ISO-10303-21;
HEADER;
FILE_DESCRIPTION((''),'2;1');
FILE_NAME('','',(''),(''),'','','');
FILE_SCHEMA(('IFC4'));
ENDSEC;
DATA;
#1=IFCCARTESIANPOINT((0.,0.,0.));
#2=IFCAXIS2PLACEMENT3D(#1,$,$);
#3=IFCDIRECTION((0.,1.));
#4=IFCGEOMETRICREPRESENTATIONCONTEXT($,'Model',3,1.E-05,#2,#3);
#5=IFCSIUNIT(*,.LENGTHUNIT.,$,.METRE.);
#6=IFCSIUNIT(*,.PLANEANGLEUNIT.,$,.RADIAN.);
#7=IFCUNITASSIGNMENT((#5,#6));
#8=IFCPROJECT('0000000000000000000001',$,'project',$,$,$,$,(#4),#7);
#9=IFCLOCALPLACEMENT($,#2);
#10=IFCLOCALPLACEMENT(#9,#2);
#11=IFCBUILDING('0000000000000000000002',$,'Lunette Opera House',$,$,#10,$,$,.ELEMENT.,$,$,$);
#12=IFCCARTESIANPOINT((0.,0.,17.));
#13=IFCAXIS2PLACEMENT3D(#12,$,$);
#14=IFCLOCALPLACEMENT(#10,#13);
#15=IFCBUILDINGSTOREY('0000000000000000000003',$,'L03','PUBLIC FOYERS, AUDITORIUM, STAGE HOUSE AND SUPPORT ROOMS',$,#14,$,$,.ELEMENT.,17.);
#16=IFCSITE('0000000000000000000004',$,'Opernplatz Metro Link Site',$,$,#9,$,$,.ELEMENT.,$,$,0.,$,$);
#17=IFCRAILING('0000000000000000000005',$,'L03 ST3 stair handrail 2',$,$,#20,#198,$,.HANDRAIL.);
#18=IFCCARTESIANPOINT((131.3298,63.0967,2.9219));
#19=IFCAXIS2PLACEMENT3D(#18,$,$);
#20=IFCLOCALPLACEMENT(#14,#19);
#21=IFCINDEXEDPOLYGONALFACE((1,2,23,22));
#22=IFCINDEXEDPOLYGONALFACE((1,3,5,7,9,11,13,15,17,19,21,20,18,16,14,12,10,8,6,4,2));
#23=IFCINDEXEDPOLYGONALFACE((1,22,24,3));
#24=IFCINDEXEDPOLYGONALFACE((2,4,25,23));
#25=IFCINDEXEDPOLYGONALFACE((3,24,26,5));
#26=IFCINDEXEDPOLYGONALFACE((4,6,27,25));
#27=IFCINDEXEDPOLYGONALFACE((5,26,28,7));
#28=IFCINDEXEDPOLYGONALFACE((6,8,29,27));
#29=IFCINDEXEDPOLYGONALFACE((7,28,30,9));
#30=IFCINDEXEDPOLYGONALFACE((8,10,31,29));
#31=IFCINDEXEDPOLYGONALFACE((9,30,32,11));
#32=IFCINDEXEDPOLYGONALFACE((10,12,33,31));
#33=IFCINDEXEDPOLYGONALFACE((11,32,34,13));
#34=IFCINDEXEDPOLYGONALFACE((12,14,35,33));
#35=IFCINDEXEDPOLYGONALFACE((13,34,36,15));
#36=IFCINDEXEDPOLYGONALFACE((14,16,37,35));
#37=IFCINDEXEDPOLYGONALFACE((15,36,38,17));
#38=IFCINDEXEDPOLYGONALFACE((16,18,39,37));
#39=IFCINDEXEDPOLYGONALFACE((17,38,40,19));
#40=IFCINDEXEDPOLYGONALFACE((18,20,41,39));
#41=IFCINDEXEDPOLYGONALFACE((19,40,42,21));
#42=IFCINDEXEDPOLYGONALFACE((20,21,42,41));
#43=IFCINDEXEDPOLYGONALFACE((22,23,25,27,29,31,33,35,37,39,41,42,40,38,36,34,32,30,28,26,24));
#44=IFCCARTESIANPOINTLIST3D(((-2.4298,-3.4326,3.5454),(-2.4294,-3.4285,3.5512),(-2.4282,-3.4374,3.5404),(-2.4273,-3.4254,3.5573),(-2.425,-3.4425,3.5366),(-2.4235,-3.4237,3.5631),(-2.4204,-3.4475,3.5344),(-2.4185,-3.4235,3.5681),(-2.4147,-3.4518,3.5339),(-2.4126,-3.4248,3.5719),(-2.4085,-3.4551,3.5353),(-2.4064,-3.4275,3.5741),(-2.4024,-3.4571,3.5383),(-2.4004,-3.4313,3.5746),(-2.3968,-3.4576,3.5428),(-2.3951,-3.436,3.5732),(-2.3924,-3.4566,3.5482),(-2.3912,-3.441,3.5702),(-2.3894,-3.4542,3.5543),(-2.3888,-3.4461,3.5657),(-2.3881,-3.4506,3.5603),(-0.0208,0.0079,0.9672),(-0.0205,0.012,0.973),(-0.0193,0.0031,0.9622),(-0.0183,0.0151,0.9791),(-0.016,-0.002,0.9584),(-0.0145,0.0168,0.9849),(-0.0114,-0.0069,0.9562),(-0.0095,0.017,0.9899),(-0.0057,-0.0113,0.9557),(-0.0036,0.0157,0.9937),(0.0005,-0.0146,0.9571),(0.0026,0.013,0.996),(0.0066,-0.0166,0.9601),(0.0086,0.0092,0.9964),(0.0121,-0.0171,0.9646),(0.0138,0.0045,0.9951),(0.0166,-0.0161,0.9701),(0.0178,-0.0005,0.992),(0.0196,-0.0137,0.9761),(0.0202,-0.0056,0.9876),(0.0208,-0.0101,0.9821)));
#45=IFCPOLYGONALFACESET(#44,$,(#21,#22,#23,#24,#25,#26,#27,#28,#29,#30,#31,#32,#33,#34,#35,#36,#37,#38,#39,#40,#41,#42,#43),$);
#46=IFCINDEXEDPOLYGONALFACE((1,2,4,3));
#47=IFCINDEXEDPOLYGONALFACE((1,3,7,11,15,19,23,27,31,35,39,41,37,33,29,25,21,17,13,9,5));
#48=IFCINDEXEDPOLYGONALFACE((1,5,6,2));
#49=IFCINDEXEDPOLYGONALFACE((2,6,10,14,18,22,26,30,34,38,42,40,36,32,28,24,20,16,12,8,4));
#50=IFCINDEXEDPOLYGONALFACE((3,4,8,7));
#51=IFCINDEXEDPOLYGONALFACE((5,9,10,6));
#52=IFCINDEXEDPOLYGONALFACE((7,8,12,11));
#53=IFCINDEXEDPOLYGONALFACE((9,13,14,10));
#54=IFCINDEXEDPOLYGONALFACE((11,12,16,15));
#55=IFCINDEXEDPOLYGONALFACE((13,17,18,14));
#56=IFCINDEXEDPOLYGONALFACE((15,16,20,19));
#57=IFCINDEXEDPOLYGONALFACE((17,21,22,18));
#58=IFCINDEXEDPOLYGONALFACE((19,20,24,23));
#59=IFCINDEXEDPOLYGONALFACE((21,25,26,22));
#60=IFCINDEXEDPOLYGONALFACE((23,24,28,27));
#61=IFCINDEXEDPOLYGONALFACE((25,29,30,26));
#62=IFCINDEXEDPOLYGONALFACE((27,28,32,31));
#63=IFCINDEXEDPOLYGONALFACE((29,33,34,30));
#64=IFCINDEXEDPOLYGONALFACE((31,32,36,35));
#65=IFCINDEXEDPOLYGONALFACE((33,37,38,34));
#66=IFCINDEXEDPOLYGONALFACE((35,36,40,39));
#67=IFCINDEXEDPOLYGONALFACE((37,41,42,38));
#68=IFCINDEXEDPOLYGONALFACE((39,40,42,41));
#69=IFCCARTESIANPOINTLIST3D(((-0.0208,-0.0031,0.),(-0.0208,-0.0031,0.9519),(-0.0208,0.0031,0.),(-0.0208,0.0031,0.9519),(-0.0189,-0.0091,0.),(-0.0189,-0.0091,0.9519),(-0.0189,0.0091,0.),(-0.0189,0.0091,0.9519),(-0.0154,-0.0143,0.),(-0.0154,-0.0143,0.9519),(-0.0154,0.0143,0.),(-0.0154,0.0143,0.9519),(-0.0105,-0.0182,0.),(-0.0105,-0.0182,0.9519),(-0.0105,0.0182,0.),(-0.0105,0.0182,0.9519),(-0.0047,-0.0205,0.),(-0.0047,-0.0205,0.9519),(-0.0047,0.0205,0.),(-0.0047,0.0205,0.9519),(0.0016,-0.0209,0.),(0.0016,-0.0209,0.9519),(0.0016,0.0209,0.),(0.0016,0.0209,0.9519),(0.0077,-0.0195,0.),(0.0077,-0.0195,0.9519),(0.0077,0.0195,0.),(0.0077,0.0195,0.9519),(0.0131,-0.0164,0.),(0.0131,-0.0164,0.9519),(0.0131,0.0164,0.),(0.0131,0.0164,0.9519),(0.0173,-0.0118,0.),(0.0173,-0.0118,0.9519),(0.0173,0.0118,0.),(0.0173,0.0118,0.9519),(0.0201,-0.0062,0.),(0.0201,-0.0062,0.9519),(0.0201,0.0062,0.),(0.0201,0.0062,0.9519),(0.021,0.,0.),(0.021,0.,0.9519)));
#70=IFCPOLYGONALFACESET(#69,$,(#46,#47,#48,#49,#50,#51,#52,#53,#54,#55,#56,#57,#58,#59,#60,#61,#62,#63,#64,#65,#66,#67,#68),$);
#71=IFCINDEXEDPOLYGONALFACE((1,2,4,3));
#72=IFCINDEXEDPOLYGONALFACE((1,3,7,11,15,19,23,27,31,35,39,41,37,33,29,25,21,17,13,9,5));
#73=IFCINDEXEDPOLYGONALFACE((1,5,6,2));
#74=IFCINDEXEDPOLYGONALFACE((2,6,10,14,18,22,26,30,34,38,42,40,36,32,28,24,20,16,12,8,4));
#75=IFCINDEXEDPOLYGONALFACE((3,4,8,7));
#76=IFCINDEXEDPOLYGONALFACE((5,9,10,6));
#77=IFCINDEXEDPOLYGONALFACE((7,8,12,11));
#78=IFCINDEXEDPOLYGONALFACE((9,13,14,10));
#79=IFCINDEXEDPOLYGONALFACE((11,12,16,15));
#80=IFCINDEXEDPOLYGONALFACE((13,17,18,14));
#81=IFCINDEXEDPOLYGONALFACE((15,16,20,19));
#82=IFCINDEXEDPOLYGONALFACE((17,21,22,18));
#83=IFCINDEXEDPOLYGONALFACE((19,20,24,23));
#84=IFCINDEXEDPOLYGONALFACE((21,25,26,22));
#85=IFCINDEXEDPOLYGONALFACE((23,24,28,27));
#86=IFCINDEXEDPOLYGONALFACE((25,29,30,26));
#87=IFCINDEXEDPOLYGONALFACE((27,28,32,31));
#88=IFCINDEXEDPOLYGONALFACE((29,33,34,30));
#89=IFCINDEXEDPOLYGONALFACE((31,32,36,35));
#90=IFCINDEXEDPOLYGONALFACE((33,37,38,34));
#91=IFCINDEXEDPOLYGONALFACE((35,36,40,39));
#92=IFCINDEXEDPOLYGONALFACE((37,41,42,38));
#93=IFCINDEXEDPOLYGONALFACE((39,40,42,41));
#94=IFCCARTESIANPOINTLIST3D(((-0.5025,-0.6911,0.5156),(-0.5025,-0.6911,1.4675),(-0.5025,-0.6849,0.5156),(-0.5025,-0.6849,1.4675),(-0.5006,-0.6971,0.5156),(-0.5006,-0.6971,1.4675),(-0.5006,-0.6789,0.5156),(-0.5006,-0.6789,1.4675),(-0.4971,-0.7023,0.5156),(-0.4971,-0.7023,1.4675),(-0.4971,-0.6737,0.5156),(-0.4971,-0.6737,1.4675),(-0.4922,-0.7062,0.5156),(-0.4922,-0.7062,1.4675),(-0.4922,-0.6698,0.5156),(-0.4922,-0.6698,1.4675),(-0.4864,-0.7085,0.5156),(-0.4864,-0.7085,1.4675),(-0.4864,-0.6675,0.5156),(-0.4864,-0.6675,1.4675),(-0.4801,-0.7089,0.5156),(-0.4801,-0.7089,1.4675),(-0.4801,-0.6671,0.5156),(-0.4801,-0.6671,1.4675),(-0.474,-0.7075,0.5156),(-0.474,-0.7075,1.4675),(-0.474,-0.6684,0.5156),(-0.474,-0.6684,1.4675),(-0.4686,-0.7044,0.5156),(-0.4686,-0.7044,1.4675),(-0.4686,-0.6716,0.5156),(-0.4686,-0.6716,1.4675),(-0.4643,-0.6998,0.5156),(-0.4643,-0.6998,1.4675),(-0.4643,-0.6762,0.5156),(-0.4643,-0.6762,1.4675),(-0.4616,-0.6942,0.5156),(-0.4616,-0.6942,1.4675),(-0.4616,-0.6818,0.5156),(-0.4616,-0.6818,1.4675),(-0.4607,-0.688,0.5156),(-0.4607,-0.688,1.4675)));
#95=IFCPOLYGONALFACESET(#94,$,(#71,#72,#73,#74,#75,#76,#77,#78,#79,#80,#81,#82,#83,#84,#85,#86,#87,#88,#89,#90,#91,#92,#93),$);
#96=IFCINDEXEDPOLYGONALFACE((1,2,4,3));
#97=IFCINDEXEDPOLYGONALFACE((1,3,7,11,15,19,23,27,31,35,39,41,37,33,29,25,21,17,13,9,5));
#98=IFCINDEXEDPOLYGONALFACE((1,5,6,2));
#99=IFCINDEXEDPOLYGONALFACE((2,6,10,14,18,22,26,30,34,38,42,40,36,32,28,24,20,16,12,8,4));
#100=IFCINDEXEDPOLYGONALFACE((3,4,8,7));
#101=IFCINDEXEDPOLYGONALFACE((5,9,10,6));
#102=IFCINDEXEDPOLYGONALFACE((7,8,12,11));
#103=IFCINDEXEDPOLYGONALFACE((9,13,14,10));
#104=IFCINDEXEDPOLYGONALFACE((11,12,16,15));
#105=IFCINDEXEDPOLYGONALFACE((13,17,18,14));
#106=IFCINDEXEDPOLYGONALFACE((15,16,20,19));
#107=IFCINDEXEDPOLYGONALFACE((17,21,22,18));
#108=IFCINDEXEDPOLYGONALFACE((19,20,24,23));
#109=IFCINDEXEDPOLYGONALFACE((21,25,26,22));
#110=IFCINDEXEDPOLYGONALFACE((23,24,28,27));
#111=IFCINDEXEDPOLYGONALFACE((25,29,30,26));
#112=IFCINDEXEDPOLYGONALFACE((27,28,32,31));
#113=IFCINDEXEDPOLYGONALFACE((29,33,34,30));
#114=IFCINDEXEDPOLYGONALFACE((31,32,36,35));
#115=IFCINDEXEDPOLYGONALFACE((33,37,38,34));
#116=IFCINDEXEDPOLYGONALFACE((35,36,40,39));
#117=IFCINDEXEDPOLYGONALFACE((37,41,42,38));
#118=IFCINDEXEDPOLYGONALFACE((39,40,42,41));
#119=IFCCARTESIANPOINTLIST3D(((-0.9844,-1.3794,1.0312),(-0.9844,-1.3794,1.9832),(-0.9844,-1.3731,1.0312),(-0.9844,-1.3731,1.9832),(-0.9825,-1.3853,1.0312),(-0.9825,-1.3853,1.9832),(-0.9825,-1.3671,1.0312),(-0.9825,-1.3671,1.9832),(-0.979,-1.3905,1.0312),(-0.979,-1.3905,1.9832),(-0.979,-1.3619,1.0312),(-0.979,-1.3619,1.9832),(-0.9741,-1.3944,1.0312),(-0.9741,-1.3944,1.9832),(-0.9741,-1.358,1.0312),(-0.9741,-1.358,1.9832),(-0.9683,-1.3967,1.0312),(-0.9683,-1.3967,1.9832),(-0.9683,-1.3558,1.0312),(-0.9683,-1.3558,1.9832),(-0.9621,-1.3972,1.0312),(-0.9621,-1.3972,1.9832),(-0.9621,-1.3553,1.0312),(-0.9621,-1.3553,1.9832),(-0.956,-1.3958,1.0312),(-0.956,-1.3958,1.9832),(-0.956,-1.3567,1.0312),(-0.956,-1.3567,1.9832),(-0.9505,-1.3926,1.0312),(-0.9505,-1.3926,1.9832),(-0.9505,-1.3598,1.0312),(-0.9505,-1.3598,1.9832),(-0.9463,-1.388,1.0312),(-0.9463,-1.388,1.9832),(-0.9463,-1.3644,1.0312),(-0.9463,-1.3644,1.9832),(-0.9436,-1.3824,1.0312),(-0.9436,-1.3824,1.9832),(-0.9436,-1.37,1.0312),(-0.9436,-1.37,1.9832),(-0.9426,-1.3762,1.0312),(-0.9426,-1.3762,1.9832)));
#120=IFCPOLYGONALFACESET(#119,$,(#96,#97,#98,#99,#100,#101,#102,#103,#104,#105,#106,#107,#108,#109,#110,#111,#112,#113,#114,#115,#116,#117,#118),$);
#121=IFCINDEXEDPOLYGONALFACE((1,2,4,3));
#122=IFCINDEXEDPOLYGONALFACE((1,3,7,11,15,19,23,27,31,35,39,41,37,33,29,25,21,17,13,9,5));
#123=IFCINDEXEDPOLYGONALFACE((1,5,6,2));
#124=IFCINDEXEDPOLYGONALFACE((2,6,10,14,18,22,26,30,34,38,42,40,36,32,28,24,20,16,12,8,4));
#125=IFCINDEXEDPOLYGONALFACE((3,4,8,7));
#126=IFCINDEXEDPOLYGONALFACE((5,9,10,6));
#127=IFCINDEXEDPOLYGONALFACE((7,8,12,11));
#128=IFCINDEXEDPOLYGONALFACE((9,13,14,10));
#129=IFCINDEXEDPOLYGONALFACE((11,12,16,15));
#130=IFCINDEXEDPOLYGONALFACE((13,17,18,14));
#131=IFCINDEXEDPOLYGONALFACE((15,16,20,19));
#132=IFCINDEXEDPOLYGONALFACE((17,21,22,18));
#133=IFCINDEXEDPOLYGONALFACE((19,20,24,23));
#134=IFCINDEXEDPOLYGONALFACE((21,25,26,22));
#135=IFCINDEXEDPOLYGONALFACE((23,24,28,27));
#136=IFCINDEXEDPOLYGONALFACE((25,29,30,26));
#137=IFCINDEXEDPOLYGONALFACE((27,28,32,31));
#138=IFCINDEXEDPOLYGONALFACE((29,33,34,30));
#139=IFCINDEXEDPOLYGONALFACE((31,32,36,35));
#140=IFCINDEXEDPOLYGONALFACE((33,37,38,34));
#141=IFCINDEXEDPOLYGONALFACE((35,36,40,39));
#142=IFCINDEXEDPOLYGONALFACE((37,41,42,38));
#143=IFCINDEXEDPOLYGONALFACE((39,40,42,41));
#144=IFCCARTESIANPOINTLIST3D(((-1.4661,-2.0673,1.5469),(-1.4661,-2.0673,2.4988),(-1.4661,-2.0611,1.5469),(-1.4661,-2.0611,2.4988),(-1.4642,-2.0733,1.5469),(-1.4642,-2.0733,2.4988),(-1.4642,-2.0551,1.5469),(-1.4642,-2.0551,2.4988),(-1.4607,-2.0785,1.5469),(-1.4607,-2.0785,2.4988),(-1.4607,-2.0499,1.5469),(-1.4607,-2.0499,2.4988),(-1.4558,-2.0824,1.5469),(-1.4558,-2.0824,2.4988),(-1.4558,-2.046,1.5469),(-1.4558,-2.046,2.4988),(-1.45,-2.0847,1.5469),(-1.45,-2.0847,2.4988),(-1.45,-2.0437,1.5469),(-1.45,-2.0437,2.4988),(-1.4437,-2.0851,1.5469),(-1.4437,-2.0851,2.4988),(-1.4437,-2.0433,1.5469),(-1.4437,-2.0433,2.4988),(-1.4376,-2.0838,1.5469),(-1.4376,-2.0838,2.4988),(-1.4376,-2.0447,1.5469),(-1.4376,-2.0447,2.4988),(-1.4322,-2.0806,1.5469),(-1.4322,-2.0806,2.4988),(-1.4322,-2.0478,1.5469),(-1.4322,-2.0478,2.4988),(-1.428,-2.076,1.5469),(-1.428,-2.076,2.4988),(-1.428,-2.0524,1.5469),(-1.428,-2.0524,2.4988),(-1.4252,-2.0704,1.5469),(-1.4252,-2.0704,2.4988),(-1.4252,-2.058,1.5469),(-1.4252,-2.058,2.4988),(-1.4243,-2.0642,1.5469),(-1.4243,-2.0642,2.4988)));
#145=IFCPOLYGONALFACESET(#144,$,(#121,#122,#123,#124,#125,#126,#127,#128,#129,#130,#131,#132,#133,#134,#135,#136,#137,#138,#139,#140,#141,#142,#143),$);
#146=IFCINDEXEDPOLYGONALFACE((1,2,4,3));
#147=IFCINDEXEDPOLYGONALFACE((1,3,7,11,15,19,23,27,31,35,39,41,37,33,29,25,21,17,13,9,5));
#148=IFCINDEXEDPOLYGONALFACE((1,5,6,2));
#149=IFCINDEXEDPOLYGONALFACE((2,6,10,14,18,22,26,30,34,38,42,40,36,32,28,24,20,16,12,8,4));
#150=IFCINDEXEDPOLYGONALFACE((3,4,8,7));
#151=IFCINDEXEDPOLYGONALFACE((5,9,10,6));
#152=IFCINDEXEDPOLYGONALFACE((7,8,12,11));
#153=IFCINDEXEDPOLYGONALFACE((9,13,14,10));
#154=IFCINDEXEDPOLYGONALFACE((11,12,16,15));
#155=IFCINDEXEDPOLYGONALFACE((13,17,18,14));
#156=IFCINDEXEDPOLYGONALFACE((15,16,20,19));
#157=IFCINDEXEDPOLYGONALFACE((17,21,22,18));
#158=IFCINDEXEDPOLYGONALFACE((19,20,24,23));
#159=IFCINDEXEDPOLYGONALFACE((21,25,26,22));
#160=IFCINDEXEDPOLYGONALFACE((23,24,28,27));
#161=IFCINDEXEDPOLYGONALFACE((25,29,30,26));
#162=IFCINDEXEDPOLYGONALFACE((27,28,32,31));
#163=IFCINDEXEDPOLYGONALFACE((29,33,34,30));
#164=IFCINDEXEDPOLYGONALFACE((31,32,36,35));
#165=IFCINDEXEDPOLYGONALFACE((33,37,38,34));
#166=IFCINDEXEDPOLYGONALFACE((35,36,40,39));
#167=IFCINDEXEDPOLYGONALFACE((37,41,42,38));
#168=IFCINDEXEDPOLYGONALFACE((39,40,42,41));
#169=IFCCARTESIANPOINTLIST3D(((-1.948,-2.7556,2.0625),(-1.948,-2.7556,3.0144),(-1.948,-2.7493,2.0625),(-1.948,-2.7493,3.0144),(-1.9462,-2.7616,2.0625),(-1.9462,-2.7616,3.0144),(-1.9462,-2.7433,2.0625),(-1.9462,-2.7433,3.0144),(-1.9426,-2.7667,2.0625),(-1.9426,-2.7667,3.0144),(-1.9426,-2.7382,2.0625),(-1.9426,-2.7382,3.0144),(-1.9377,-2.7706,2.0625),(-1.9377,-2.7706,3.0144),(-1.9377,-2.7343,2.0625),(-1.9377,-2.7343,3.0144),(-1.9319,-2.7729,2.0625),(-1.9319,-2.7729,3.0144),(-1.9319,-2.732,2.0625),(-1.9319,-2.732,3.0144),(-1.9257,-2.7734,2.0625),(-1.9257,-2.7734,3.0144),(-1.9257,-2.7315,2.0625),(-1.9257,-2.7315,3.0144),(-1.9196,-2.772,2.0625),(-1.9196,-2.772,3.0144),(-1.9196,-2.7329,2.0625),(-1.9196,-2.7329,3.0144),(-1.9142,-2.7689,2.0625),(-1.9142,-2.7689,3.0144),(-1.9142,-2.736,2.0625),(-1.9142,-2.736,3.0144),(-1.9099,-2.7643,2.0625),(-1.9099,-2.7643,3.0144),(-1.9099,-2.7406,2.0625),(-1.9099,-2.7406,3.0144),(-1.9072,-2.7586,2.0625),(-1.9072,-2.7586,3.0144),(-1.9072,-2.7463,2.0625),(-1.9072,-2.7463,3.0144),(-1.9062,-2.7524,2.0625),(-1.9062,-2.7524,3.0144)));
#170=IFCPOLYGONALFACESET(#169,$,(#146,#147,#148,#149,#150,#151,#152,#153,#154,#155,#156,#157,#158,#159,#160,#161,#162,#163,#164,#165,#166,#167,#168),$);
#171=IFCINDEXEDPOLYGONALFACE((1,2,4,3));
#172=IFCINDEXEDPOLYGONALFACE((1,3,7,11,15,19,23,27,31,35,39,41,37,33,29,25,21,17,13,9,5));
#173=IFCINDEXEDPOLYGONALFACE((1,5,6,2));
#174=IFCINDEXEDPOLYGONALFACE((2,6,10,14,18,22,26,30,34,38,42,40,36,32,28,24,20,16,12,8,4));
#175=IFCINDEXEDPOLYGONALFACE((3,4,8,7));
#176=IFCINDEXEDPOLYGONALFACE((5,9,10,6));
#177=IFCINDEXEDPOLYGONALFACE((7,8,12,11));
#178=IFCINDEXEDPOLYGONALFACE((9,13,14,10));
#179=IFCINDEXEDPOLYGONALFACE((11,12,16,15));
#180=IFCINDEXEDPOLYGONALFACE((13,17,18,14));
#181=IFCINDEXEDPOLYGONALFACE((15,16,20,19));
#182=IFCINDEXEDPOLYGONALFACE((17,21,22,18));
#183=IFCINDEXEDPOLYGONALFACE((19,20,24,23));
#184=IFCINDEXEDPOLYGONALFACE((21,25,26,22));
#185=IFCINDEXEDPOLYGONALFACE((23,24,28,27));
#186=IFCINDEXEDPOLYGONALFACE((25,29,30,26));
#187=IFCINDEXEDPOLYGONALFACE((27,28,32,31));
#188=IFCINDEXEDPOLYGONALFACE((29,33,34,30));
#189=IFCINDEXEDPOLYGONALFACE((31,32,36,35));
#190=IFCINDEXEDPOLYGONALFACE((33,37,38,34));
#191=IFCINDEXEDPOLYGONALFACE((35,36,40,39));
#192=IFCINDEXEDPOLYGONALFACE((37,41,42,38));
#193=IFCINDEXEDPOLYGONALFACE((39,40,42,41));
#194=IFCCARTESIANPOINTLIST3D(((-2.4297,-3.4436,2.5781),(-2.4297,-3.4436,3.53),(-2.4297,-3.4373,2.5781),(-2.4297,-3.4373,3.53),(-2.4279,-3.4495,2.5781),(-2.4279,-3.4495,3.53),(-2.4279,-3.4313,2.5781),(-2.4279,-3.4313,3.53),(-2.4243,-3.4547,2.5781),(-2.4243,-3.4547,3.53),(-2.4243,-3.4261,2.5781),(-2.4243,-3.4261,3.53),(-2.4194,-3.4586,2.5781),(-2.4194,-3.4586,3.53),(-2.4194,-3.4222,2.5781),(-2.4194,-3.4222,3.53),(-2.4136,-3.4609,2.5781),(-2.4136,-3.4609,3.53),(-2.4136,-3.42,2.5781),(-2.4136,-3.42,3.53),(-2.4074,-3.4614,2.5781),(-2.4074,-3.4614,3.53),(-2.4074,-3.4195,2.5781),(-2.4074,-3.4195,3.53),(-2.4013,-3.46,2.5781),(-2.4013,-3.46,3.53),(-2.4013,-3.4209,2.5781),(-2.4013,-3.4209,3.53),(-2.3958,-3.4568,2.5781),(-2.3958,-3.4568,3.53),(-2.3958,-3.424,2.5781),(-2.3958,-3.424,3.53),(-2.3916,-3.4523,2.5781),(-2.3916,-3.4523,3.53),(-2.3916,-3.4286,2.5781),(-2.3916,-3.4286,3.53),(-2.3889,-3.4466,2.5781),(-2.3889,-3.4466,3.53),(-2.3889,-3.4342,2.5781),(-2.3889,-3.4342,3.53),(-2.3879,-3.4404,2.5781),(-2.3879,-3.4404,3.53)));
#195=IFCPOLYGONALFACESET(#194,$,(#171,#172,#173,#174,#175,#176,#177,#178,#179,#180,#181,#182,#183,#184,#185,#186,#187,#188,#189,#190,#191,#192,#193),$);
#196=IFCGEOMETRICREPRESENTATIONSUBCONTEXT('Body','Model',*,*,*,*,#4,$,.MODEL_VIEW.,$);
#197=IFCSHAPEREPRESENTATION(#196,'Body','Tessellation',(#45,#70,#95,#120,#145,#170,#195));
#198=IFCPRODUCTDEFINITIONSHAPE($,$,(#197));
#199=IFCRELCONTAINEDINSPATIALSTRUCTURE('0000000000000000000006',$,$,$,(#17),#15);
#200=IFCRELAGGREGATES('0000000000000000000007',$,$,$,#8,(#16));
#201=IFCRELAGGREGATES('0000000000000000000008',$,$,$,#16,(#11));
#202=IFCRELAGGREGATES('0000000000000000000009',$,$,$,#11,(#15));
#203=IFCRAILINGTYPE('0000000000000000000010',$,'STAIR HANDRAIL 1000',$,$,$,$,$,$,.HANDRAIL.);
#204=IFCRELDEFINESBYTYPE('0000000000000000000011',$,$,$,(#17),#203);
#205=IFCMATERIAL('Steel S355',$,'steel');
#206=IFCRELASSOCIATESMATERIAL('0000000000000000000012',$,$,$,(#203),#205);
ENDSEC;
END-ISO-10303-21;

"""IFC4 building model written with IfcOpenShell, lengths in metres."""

from ifc_helpers import new_model, si_unit, direction, frame, origin, origin_2d, place, context, subcontext, project, spatial, circle, extrude, material, type_object, element, save


model = new_model("IFC4")

# Units and contexts
model_context = context("Model", 3, precision=1e-05, world=origin(), true_north=direction((0.0, 1.0)))
body_context = subcontext(model_context, "Body", "Model", "MODEL_VIEW")
ifc_project = project(units=[si_unit("LENGTHUNIT", "METRE"), si_unit("PLANEANGLEUNIT", "RADIAN")], contexts=[model_context])

# Site, building, storey
site_placement = place(None, origin())
site = spatial("IfcSite", under=ifc_project, at=site_placement, Name="Opernplatz Metro Link Site", CompositionType="ELEMENT", RefElevation=0.0)
building_placement = place(site_placement, origin())
building = spatial("IfcBuilding", under=site, at=building_placement, Name="Lunette Opera House", CompositionType="ELEMENT")
storey_placement = place(building_placement, frame((0.0, 0.0, 17.0)))
storey = spatial("IfcBuildingStorey", under=building, at=storey_placement, Name="L03", Description="PUBLIC FOYERS, AUDITORIUM, STAGE HOUSE AND SUPPORT ROOMS", CompositionType="ELEMENT", Elevation=17.0)

# Railing
ifc_material_1 = material(Name="Steel S355", Category="steel")
railing_type_1 = type_object("IfcRailingType", Name="STAIR HANDRAIL 1000", PredefinedType="HANDRAIL", material=ifc_material_1)
railing_1_placement = place(storey_placement, frame((131.3298, 63.0967, 2.9219)))
element("IfcRailing", 1, at=railing_1_placement, inside=storey, type_object=railing_type_1, Name="L03 ST3 stair handrail 2", PredefinedType="HANDRAIL", context=body_context, shape_type="SweptSolid", body=[
    extrude(circle(Radius=0.0239, at=origin_2d()), frame((0.0, 0.0, 0.9761), z_axis=(-0.488815, -0.698124, 0.523147), x_axis=(0.819161, -0.573564, 0.0)), (0.0, 0.0, 1.0), 4.9282),
    extrude(circle(Radius=0.021, at=origin_2d()), origin(), (0.0, 0.0, 1.0), 0.9519),
    extrude(circle(Radius=0.021, at=origin_2d()), frame((-0.4817, -0.688, 0.5156)), (0.0, 0.0, 1.0), 0.9519),
    extrude(circle(Radius=0.021, at=origin_2d()), frame((-0.9636, -1.3762, 1.0312)), (0.0, 0.0, 1.0), 0.9519),
    extrude(circle(Radius=0.021, at=origin_2d()), frame((-1.4453, -2.0642, 1.5469)), (0.0, 0.0, 1.0), 0.9519),
    extrude(circle(Radius=0.021, at=origin_2d()), frame((-1.9272, -2.7524, 2.0625)), (0.0, 0.0, 1.0), 0.9519),
    extrude(circle(Radius=0.021, at=origin_2d()), frame((-2.4089, -3.4404, 2.5781)), (0.0, 0.0, 1.0), 0.9519),
])

save(model, "model.ifc")
